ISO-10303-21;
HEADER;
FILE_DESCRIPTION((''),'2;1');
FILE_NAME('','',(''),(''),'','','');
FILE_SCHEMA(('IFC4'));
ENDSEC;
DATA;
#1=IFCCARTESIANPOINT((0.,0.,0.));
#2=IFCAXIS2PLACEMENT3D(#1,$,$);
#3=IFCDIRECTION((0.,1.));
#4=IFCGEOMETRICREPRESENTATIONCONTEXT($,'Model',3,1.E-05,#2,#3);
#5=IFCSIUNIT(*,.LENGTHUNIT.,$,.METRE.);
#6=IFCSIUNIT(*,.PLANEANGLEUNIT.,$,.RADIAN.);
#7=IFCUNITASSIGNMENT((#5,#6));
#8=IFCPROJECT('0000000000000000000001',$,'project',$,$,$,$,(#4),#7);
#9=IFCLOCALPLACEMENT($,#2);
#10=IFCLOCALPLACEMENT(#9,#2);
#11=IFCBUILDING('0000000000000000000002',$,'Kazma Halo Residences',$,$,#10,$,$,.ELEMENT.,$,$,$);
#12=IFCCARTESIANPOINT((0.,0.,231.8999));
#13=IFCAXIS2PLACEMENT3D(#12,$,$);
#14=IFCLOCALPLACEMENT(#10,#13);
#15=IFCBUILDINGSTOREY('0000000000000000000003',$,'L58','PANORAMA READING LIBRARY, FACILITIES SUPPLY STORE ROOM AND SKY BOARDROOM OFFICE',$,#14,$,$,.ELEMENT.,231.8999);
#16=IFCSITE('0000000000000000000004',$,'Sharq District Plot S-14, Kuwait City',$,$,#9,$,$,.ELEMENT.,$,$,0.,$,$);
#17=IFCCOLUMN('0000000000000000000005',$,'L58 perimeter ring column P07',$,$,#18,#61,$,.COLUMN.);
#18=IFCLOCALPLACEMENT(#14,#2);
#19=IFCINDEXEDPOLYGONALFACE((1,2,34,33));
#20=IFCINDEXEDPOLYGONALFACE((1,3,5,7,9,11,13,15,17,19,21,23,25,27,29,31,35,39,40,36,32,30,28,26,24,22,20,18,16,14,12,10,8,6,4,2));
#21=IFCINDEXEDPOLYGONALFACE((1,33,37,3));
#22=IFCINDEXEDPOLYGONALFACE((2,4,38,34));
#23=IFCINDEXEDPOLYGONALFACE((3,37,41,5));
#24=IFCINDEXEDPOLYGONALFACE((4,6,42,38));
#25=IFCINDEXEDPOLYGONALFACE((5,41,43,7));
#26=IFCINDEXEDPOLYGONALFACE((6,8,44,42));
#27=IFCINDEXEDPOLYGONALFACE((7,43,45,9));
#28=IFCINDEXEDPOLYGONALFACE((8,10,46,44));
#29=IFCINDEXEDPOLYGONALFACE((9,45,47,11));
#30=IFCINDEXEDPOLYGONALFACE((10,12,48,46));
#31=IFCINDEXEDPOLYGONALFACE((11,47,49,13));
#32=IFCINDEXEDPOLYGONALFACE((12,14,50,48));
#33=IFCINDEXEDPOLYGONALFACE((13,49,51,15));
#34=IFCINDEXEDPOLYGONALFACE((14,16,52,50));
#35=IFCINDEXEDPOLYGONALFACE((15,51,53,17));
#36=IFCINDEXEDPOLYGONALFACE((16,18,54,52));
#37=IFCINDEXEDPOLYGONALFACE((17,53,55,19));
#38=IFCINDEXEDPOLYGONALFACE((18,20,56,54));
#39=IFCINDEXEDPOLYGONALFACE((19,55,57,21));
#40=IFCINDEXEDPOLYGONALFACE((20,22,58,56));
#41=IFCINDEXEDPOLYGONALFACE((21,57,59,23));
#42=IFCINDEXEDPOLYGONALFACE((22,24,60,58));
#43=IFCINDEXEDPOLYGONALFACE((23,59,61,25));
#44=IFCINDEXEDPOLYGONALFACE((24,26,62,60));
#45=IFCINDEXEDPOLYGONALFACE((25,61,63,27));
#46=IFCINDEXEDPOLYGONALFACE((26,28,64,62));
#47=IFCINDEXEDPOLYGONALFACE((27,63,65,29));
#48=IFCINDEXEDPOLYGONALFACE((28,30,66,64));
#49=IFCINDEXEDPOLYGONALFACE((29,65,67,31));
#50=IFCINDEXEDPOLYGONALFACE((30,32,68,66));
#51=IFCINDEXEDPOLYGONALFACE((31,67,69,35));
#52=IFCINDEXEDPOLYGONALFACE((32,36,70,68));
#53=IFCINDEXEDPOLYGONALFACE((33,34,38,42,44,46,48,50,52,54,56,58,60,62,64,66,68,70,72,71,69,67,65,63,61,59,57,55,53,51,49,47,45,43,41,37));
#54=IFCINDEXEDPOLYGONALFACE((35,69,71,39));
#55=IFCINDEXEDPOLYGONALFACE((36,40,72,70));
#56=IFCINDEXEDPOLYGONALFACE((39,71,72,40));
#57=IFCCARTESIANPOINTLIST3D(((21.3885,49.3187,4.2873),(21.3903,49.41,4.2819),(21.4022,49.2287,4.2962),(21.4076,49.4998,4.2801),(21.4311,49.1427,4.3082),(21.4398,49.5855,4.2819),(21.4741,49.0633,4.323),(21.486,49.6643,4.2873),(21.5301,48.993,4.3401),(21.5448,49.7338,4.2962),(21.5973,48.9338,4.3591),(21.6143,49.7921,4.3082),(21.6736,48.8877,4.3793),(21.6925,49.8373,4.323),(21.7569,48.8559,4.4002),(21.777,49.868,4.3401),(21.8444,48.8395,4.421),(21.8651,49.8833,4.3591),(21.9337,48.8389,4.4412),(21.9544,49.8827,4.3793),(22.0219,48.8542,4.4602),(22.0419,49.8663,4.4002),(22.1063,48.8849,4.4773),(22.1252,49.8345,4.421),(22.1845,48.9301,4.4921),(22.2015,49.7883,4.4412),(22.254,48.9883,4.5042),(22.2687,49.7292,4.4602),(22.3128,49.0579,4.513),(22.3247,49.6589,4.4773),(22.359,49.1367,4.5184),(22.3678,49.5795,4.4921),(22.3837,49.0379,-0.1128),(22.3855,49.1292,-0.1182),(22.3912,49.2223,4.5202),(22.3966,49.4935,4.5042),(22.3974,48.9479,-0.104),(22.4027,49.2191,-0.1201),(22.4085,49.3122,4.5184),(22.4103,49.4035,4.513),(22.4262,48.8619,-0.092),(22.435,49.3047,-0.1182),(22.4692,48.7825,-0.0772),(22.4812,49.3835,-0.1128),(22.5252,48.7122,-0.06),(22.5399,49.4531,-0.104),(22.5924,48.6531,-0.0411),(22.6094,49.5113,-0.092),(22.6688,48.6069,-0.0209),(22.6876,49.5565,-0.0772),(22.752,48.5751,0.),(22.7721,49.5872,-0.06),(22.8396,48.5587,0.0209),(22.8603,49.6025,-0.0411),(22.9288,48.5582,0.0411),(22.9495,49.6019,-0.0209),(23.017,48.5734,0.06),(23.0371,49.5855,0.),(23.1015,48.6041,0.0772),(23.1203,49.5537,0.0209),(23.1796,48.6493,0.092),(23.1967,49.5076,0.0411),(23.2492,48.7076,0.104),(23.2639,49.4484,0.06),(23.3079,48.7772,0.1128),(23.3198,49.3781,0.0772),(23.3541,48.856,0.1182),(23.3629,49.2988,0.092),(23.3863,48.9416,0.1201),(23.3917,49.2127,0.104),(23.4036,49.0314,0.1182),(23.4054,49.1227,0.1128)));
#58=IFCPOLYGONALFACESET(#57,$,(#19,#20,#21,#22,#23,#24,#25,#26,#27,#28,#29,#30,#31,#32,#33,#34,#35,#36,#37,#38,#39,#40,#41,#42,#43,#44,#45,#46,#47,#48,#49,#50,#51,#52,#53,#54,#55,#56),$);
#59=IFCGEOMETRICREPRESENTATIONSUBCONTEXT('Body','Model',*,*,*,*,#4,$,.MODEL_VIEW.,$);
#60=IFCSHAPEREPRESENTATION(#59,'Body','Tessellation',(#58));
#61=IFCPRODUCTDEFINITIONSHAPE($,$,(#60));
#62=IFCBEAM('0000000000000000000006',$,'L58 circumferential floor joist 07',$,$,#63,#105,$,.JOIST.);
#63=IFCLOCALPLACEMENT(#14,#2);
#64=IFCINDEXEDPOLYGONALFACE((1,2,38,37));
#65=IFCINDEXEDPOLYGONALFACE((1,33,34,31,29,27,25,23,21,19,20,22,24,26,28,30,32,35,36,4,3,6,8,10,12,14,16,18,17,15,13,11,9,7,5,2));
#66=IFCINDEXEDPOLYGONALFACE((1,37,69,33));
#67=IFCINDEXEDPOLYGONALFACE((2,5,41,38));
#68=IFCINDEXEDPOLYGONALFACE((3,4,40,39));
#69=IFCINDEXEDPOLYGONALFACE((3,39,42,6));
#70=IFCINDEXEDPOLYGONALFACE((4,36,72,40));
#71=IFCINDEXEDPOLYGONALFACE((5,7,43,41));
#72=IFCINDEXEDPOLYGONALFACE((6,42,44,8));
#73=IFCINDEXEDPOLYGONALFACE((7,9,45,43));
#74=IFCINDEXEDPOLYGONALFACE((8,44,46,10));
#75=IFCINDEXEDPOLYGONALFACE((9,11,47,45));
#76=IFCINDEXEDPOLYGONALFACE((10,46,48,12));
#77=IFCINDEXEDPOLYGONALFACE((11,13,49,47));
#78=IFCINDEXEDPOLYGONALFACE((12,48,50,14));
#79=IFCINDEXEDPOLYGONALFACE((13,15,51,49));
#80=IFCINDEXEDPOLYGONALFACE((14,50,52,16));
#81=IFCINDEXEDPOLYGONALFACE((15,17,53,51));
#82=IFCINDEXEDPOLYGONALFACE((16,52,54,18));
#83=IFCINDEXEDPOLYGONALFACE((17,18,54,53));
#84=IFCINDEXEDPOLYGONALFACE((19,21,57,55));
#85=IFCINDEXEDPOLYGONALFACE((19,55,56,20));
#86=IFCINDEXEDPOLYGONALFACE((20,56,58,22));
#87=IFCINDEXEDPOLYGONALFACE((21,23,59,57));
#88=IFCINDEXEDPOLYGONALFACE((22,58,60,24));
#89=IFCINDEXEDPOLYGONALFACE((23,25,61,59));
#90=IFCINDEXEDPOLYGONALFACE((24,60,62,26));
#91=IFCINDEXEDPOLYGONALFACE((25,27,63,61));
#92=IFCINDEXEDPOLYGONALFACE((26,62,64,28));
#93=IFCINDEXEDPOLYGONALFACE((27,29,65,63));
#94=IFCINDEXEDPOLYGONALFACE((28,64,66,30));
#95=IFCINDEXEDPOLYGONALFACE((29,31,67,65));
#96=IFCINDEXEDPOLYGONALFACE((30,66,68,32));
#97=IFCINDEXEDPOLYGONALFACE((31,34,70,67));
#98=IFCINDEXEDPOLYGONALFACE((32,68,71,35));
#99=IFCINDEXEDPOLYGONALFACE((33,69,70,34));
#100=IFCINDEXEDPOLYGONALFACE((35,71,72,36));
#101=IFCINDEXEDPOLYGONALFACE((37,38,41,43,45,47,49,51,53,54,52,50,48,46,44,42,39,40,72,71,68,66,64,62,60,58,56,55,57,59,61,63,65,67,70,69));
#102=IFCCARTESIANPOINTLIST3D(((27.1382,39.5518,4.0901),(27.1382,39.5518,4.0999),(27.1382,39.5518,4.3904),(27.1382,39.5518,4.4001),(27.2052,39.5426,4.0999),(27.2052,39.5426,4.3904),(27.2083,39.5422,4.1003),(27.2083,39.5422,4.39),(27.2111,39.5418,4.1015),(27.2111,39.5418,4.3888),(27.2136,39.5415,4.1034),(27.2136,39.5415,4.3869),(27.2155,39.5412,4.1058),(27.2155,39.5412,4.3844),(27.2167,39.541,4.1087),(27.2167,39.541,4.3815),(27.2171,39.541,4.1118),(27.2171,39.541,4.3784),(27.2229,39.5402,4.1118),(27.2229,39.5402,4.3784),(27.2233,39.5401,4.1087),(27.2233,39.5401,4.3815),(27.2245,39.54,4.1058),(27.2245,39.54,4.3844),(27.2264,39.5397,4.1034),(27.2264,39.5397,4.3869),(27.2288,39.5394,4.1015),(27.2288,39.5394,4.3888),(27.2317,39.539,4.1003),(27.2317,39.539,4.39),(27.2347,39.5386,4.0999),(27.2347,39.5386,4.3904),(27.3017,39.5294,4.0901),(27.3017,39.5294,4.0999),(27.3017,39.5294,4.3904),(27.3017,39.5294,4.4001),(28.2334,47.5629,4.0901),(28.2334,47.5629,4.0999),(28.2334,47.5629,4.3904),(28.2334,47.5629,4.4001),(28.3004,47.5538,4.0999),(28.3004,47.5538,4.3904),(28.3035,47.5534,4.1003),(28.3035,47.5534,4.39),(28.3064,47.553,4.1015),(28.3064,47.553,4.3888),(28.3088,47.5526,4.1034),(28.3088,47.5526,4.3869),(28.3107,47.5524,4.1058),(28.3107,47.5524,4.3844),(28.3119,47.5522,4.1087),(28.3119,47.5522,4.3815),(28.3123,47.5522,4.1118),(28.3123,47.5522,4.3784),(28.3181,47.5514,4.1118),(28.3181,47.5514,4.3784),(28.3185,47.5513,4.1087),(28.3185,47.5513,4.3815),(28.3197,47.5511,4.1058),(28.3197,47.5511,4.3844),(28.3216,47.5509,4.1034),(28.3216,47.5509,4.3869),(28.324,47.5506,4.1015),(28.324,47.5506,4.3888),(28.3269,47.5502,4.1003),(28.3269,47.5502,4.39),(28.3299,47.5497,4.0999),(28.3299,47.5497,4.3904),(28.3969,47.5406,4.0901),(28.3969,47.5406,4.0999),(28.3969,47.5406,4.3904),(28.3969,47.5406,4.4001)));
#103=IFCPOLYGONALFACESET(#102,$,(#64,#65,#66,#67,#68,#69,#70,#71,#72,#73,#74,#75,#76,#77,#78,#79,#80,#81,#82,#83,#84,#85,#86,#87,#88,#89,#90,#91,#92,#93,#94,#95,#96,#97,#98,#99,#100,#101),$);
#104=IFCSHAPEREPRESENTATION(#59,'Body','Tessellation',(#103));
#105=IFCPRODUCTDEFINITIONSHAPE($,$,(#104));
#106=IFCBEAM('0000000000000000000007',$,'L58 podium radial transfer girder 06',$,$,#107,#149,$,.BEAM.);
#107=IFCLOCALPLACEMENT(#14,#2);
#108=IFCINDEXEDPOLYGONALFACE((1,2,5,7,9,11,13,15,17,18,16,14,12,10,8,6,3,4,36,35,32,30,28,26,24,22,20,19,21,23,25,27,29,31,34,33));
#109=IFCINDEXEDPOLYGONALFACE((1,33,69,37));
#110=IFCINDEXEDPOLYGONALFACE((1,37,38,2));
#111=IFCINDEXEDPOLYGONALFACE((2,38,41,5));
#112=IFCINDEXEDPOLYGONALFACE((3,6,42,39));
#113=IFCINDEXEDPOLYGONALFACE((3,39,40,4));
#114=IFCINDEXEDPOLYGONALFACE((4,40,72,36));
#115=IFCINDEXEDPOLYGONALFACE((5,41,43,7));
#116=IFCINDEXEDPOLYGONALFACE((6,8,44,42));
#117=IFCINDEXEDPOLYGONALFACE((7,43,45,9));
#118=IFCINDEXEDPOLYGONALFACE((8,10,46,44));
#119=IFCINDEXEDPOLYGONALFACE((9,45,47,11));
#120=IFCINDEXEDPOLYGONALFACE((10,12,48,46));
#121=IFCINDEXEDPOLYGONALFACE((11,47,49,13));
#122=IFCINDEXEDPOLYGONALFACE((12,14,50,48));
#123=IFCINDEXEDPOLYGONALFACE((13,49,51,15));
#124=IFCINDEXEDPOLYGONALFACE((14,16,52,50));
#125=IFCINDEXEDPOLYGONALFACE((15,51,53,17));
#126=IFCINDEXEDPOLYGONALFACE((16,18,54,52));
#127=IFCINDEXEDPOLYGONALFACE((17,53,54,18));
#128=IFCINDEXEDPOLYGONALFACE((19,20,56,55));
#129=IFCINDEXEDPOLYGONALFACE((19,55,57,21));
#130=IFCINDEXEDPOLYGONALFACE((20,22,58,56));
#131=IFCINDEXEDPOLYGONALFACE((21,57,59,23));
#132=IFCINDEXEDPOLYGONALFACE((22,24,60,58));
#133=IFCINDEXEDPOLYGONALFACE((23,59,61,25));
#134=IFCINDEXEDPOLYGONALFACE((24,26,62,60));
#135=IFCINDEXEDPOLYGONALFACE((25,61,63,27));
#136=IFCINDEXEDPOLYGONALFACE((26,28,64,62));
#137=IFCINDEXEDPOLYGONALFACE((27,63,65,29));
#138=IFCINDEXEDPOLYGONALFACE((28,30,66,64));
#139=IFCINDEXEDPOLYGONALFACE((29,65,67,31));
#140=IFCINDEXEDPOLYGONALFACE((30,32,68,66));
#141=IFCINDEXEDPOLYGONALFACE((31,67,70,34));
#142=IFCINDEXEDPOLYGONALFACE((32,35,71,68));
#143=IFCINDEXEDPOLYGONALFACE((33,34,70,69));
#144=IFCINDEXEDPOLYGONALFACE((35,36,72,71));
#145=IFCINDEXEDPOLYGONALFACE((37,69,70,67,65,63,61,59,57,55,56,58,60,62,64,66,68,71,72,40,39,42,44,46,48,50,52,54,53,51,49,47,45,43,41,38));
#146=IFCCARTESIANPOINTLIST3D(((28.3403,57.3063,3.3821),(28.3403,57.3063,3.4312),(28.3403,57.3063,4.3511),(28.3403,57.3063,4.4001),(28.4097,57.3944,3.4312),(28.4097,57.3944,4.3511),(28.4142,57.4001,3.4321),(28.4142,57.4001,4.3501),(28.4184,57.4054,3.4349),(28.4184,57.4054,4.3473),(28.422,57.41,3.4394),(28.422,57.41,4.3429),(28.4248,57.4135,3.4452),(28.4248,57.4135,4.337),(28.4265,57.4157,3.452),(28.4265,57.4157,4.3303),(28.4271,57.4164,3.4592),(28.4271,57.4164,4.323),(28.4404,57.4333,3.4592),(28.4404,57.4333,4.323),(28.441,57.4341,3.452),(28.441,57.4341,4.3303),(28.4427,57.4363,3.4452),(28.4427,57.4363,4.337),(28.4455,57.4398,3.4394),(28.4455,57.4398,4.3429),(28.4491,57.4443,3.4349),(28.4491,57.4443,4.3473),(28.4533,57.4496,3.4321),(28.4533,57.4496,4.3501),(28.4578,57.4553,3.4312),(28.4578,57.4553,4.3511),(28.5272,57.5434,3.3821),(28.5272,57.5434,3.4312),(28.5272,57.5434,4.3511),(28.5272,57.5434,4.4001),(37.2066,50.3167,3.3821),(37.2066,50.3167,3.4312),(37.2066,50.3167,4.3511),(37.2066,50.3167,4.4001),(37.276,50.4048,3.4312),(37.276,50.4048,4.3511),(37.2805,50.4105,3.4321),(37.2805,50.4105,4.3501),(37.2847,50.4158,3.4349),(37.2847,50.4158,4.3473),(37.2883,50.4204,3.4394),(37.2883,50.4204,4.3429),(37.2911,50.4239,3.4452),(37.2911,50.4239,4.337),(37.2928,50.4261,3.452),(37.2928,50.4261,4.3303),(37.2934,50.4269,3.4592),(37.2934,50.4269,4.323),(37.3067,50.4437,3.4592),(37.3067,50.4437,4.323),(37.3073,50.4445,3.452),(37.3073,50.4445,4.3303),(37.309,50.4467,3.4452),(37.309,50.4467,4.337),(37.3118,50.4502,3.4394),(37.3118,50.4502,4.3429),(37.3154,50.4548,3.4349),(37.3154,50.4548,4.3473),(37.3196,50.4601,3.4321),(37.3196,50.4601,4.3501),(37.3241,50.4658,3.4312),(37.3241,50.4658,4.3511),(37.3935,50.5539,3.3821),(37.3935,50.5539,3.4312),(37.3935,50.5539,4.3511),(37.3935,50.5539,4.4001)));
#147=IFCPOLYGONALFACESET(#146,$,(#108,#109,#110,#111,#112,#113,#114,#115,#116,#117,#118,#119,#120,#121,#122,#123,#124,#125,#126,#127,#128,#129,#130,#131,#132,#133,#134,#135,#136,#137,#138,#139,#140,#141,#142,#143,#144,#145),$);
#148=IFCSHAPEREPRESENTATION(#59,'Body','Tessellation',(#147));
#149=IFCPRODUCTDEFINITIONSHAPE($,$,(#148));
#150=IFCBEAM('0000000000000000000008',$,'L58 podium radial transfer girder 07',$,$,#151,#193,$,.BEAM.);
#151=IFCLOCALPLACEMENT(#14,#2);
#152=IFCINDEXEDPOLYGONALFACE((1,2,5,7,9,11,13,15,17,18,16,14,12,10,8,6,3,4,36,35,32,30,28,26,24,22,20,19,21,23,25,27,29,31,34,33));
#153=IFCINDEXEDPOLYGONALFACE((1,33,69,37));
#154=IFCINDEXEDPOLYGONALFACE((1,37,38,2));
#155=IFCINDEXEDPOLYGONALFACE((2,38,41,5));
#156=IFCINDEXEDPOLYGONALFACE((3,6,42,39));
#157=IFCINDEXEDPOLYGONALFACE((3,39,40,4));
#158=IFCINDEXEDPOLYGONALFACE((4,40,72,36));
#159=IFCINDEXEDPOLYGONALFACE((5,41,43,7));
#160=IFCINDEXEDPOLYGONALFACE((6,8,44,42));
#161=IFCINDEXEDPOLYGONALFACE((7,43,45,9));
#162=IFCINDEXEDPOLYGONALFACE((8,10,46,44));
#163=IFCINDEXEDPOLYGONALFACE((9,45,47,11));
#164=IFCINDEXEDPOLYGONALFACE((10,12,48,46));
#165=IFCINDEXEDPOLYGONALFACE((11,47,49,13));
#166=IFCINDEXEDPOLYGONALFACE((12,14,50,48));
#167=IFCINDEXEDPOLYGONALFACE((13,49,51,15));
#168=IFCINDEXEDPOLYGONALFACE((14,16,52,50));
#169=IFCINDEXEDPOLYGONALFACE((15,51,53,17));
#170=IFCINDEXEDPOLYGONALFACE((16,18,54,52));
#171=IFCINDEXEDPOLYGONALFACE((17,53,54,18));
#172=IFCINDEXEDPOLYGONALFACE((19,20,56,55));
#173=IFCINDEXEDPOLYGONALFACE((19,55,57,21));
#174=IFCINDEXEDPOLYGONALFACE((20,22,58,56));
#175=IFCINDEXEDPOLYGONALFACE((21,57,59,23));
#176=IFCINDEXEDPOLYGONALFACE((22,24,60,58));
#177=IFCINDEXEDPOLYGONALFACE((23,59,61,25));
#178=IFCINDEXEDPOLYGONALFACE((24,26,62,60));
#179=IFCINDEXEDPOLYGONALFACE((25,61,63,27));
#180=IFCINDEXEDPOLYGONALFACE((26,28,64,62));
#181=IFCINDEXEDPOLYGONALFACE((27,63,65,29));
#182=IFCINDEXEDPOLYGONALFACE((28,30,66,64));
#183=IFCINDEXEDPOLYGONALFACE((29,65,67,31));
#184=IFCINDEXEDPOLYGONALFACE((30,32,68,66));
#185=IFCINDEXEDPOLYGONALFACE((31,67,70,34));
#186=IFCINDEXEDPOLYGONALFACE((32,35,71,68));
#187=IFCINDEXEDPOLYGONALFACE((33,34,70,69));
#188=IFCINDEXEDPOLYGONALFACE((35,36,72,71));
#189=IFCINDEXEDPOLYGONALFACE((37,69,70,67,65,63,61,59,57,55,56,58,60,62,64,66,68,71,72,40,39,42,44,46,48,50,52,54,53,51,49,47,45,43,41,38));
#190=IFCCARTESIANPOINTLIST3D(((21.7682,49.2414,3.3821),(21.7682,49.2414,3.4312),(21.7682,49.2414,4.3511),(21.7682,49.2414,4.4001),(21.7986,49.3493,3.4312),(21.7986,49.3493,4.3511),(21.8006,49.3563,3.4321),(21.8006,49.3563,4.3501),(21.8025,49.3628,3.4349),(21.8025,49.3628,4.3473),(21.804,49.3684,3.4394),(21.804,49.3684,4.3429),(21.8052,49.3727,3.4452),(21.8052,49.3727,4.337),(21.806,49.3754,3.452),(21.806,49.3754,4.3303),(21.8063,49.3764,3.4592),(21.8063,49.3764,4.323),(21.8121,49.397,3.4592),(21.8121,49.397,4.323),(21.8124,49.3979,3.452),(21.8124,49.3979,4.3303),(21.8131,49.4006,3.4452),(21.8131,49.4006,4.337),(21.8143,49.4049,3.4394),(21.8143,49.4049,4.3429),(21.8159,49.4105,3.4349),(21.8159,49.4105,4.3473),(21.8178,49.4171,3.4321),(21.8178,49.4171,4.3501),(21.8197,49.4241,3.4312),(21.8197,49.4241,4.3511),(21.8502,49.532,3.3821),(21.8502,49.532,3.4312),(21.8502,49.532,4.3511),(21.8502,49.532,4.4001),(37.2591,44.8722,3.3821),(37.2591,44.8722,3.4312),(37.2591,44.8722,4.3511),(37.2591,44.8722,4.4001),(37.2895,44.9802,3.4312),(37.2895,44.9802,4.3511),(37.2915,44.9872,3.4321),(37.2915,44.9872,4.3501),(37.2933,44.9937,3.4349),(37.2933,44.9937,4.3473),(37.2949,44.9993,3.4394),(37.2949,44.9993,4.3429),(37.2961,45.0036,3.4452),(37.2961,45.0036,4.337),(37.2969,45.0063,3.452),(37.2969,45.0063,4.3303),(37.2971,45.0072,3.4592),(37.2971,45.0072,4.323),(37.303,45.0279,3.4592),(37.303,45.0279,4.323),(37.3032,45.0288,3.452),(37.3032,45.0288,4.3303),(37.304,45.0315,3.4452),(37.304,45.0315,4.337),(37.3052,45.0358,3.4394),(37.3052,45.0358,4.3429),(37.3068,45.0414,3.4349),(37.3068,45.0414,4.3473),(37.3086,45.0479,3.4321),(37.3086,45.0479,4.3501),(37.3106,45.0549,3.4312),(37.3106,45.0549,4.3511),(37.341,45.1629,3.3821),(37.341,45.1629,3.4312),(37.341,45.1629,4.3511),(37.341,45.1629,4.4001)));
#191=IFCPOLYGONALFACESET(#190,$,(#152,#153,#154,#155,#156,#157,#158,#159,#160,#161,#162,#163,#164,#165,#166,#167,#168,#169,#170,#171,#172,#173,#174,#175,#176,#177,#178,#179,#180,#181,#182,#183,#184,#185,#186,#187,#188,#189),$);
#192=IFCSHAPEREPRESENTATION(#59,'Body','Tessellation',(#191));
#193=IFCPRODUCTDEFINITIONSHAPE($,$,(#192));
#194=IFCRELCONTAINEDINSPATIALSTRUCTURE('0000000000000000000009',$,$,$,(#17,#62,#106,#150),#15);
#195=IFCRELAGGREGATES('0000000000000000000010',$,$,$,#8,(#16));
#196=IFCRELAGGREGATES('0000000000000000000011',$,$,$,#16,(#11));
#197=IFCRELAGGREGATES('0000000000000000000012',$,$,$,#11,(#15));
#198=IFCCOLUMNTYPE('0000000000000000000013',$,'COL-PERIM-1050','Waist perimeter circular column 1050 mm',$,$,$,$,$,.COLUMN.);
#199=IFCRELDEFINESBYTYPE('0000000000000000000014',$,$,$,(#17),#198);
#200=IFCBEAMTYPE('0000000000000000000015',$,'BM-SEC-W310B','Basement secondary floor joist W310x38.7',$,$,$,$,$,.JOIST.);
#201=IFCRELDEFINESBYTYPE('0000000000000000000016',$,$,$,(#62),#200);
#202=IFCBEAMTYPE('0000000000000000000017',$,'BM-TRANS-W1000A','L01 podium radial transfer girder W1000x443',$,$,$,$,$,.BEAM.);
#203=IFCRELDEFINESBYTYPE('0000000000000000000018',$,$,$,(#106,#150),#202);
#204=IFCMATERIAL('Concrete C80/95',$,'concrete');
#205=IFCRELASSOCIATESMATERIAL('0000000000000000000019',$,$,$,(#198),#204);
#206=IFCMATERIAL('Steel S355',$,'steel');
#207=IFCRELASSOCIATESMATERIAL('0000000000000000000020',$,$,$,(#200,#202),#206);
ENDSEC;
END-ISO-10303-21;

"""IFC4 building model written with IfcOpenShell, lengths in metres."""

from ifc_helpers import new_model, si_unit, direction, frame, origin, origin_2d, place, context, subcontext, project, spatial, circle, i_section, extrude, material, material_profile, profile_set, type_object, element, save


model = new_model("IFC4")

# Units and contexts
model_context = context("Model", 3, precision=1e-05, world=origin(), true_north=direction((0.0, 1.0)))
body_context = subcontext(model_context, "Body", "Model", "MODEL_VIEW")
ifc_project = project(units=[si_unit("LENGTHUNIT", "METRE"), si_unit("PLANEANGLEUNIT", "RADIAN")], contexts=[model_context])

# Site, building, storey
site_placement = place(None, origin())
site = spatial("IfcSite", under=ifc_project, at=site_placement, Name="Sharq District Plot S-14, Kuwait City", CompositionType="ELEMENT", RefElevation=0.0)
building_placement = place(site_placement, origin())
building = spatial("IfcBuilding", under=site, at=building_placement, Name="Kazma Halo Residences", CompositionType="ELEMENT")
storey_placement = place(building_placement, frame((0.0, 0.0, 231.8999)))
storey = spatial("IfcBuildingStorey", under=building, at=storey_placement, Name="L58", Description="PANORAMA READING LIBRARY, FACILITIES SUPPLY STORE ROOM AND SKY BOARDROOM OFFICE", CompositionType="ELEMENT", Elevation=231.8999)

# Column
ifc_material_1 = material(Name="Concrete C80/95", Category="concrete")
ifc_material_profile_1 = material_profile(ifc_material_1, circle(Radius=0.5249, at=origin_2d()), Name="CIRC1050")
ifc_profile_set_1 = profile_set([ifc_material_profile_1], Name="Concrete C80/95")
column_type = type_object("IfcColumnType", Name="COL-PERIM-1050", Description="Waist perimeter circular column 1050 mm", PredefinedType="COLUMN", material=ifc_profile_set_1)
column_placement = place(storey_placement, frame((22.8945, 49.0803, 0.0), z_axis=(-0.220159, 0.062115, 0.973484), x_axis=(-0.271539, -0.962428, 0.0)))
element("IfcColumn", 1, at=column_placement, inside=storey, type_object=column_type, Name="L58 perimeter ring column P07", PredefinedType="COLUMN", context=body_context, shape_type="SweptSolid", body=[
    extrude(circle(Radius=0.5249, at=origin_2d()), origin(), (0.0, 0.0, 1.0), 4.52),
])

# Beams
ifc_material_2 = material(Name="Steel S355", Category="steel")
ifc_material_profile_2 = material_profile(ifc_material_2, i_section(OverallWidth=0.165, OverallDepth=0.3101, WebThickness=0.0059, FlangeThickness=0.0098, FilletRadius=0.012, at=origin_2d()), Name="W310x38.7")
ifc_profile_set_2 = profile_set([ifc_material_profile_2], Name="Steel S355")
beam_type_1 = type_object("IfcBeamType", Name="BM-SEC-W310B", Description="Basement secondary floor joist W310x38.7", PredefinedType="JOIST", material=ifc_profile_set_2)
beam_1_placement = place(storey_placement, frame((28.3152, 47.5518, 4.2451), z_axis=(-0.13545, -0.990784, 0.0), x_axis=(0.990784, -0.13545, 0.0)))
element("IfcBeam", 2, at=beam_1_placement, inside=storey, type_object=beam_type_1, Name="L58 circumferential floor joist 07", PredefinedType="JOIST", context=body_context, shape_type="SweptSolid", body=[
    extrude(i_section(OverallWidth=0.165, OverallDepth=0.3101, WebThickness=0.0059, FlangeThickness=0.0098, FilletRadius=0.012, at=origin_2d()), origin(), (0.0, 0.0, 1.0), 8.0857),
])
ifc_material_profile_3 = material_profile(ifc_material_2, i_section(OverallWidth=0.302, OverallDepth=1.0181, WebThickness=0.0215, FlangeThickness=0.0491, FilletRadius=0.0281, at=origin_2d()), Name="W1000x443")
ifc_profile_set_3 = profile_set([ifc_material_profile_3], Name="Steel S355")
beam_type_2 = type_object("IfcBeamType", Name="BM-TRANS-W1000A", Description="L01 podium radial transfer girder W1000x443", PredefinedType="BEAM", material=ifc_profile_set_3)
beam_2_placement = place(storey_placement, frame((37.3, 50.4353, 3.8911), z_axis=(-0.785319, 0.619091, 0.0), x_axis=(-0.619091, -0.785319, 0.0)))
element("IfcBeam", 3, at=beam_2_placement, inside=storey, type_object=beam_type_2, Name="L58 podium radial transfer girder 06", PredefinedType="BEAM", context=body_context, shape_type="SweptSolid", body=[
    extrude(i_section(OverallWidth=0.302, OverallDepth=1.0181, WebThickness=0.0215, FlangeThickness=0.0491, FilletRadius=0.0281, at=origin_2d()), origin(), (0.0, 0.0, 1.0), 11.29),
])
beam_3_placement = place(storey_placement, frame((37.3, 45.0176, 3.8911), z_axis=(-0.962451, 0.271454, 0.0), x_axis=(-0.271454, -0.962451, 0.0)))
element("IfcBeam", 4, at=beam_3_placement, inside=storey, type_object=beam_type_2, Name="L58 podium radial transfer girder 07", PredefinedType="BEAM", context=body_context, shape_type="SweptSolid", body=[
    extrude(i_section(OverallWidth=0.302, OverallDepth=1.0181, WebThickness=0.0215, FlangeThickness=0.0491, FilletRadius=0.0281, at=origin_2d()), origin(), (0.0, 0.0, 1.0), 16.0952),
])

save(model, "model.ifc")
